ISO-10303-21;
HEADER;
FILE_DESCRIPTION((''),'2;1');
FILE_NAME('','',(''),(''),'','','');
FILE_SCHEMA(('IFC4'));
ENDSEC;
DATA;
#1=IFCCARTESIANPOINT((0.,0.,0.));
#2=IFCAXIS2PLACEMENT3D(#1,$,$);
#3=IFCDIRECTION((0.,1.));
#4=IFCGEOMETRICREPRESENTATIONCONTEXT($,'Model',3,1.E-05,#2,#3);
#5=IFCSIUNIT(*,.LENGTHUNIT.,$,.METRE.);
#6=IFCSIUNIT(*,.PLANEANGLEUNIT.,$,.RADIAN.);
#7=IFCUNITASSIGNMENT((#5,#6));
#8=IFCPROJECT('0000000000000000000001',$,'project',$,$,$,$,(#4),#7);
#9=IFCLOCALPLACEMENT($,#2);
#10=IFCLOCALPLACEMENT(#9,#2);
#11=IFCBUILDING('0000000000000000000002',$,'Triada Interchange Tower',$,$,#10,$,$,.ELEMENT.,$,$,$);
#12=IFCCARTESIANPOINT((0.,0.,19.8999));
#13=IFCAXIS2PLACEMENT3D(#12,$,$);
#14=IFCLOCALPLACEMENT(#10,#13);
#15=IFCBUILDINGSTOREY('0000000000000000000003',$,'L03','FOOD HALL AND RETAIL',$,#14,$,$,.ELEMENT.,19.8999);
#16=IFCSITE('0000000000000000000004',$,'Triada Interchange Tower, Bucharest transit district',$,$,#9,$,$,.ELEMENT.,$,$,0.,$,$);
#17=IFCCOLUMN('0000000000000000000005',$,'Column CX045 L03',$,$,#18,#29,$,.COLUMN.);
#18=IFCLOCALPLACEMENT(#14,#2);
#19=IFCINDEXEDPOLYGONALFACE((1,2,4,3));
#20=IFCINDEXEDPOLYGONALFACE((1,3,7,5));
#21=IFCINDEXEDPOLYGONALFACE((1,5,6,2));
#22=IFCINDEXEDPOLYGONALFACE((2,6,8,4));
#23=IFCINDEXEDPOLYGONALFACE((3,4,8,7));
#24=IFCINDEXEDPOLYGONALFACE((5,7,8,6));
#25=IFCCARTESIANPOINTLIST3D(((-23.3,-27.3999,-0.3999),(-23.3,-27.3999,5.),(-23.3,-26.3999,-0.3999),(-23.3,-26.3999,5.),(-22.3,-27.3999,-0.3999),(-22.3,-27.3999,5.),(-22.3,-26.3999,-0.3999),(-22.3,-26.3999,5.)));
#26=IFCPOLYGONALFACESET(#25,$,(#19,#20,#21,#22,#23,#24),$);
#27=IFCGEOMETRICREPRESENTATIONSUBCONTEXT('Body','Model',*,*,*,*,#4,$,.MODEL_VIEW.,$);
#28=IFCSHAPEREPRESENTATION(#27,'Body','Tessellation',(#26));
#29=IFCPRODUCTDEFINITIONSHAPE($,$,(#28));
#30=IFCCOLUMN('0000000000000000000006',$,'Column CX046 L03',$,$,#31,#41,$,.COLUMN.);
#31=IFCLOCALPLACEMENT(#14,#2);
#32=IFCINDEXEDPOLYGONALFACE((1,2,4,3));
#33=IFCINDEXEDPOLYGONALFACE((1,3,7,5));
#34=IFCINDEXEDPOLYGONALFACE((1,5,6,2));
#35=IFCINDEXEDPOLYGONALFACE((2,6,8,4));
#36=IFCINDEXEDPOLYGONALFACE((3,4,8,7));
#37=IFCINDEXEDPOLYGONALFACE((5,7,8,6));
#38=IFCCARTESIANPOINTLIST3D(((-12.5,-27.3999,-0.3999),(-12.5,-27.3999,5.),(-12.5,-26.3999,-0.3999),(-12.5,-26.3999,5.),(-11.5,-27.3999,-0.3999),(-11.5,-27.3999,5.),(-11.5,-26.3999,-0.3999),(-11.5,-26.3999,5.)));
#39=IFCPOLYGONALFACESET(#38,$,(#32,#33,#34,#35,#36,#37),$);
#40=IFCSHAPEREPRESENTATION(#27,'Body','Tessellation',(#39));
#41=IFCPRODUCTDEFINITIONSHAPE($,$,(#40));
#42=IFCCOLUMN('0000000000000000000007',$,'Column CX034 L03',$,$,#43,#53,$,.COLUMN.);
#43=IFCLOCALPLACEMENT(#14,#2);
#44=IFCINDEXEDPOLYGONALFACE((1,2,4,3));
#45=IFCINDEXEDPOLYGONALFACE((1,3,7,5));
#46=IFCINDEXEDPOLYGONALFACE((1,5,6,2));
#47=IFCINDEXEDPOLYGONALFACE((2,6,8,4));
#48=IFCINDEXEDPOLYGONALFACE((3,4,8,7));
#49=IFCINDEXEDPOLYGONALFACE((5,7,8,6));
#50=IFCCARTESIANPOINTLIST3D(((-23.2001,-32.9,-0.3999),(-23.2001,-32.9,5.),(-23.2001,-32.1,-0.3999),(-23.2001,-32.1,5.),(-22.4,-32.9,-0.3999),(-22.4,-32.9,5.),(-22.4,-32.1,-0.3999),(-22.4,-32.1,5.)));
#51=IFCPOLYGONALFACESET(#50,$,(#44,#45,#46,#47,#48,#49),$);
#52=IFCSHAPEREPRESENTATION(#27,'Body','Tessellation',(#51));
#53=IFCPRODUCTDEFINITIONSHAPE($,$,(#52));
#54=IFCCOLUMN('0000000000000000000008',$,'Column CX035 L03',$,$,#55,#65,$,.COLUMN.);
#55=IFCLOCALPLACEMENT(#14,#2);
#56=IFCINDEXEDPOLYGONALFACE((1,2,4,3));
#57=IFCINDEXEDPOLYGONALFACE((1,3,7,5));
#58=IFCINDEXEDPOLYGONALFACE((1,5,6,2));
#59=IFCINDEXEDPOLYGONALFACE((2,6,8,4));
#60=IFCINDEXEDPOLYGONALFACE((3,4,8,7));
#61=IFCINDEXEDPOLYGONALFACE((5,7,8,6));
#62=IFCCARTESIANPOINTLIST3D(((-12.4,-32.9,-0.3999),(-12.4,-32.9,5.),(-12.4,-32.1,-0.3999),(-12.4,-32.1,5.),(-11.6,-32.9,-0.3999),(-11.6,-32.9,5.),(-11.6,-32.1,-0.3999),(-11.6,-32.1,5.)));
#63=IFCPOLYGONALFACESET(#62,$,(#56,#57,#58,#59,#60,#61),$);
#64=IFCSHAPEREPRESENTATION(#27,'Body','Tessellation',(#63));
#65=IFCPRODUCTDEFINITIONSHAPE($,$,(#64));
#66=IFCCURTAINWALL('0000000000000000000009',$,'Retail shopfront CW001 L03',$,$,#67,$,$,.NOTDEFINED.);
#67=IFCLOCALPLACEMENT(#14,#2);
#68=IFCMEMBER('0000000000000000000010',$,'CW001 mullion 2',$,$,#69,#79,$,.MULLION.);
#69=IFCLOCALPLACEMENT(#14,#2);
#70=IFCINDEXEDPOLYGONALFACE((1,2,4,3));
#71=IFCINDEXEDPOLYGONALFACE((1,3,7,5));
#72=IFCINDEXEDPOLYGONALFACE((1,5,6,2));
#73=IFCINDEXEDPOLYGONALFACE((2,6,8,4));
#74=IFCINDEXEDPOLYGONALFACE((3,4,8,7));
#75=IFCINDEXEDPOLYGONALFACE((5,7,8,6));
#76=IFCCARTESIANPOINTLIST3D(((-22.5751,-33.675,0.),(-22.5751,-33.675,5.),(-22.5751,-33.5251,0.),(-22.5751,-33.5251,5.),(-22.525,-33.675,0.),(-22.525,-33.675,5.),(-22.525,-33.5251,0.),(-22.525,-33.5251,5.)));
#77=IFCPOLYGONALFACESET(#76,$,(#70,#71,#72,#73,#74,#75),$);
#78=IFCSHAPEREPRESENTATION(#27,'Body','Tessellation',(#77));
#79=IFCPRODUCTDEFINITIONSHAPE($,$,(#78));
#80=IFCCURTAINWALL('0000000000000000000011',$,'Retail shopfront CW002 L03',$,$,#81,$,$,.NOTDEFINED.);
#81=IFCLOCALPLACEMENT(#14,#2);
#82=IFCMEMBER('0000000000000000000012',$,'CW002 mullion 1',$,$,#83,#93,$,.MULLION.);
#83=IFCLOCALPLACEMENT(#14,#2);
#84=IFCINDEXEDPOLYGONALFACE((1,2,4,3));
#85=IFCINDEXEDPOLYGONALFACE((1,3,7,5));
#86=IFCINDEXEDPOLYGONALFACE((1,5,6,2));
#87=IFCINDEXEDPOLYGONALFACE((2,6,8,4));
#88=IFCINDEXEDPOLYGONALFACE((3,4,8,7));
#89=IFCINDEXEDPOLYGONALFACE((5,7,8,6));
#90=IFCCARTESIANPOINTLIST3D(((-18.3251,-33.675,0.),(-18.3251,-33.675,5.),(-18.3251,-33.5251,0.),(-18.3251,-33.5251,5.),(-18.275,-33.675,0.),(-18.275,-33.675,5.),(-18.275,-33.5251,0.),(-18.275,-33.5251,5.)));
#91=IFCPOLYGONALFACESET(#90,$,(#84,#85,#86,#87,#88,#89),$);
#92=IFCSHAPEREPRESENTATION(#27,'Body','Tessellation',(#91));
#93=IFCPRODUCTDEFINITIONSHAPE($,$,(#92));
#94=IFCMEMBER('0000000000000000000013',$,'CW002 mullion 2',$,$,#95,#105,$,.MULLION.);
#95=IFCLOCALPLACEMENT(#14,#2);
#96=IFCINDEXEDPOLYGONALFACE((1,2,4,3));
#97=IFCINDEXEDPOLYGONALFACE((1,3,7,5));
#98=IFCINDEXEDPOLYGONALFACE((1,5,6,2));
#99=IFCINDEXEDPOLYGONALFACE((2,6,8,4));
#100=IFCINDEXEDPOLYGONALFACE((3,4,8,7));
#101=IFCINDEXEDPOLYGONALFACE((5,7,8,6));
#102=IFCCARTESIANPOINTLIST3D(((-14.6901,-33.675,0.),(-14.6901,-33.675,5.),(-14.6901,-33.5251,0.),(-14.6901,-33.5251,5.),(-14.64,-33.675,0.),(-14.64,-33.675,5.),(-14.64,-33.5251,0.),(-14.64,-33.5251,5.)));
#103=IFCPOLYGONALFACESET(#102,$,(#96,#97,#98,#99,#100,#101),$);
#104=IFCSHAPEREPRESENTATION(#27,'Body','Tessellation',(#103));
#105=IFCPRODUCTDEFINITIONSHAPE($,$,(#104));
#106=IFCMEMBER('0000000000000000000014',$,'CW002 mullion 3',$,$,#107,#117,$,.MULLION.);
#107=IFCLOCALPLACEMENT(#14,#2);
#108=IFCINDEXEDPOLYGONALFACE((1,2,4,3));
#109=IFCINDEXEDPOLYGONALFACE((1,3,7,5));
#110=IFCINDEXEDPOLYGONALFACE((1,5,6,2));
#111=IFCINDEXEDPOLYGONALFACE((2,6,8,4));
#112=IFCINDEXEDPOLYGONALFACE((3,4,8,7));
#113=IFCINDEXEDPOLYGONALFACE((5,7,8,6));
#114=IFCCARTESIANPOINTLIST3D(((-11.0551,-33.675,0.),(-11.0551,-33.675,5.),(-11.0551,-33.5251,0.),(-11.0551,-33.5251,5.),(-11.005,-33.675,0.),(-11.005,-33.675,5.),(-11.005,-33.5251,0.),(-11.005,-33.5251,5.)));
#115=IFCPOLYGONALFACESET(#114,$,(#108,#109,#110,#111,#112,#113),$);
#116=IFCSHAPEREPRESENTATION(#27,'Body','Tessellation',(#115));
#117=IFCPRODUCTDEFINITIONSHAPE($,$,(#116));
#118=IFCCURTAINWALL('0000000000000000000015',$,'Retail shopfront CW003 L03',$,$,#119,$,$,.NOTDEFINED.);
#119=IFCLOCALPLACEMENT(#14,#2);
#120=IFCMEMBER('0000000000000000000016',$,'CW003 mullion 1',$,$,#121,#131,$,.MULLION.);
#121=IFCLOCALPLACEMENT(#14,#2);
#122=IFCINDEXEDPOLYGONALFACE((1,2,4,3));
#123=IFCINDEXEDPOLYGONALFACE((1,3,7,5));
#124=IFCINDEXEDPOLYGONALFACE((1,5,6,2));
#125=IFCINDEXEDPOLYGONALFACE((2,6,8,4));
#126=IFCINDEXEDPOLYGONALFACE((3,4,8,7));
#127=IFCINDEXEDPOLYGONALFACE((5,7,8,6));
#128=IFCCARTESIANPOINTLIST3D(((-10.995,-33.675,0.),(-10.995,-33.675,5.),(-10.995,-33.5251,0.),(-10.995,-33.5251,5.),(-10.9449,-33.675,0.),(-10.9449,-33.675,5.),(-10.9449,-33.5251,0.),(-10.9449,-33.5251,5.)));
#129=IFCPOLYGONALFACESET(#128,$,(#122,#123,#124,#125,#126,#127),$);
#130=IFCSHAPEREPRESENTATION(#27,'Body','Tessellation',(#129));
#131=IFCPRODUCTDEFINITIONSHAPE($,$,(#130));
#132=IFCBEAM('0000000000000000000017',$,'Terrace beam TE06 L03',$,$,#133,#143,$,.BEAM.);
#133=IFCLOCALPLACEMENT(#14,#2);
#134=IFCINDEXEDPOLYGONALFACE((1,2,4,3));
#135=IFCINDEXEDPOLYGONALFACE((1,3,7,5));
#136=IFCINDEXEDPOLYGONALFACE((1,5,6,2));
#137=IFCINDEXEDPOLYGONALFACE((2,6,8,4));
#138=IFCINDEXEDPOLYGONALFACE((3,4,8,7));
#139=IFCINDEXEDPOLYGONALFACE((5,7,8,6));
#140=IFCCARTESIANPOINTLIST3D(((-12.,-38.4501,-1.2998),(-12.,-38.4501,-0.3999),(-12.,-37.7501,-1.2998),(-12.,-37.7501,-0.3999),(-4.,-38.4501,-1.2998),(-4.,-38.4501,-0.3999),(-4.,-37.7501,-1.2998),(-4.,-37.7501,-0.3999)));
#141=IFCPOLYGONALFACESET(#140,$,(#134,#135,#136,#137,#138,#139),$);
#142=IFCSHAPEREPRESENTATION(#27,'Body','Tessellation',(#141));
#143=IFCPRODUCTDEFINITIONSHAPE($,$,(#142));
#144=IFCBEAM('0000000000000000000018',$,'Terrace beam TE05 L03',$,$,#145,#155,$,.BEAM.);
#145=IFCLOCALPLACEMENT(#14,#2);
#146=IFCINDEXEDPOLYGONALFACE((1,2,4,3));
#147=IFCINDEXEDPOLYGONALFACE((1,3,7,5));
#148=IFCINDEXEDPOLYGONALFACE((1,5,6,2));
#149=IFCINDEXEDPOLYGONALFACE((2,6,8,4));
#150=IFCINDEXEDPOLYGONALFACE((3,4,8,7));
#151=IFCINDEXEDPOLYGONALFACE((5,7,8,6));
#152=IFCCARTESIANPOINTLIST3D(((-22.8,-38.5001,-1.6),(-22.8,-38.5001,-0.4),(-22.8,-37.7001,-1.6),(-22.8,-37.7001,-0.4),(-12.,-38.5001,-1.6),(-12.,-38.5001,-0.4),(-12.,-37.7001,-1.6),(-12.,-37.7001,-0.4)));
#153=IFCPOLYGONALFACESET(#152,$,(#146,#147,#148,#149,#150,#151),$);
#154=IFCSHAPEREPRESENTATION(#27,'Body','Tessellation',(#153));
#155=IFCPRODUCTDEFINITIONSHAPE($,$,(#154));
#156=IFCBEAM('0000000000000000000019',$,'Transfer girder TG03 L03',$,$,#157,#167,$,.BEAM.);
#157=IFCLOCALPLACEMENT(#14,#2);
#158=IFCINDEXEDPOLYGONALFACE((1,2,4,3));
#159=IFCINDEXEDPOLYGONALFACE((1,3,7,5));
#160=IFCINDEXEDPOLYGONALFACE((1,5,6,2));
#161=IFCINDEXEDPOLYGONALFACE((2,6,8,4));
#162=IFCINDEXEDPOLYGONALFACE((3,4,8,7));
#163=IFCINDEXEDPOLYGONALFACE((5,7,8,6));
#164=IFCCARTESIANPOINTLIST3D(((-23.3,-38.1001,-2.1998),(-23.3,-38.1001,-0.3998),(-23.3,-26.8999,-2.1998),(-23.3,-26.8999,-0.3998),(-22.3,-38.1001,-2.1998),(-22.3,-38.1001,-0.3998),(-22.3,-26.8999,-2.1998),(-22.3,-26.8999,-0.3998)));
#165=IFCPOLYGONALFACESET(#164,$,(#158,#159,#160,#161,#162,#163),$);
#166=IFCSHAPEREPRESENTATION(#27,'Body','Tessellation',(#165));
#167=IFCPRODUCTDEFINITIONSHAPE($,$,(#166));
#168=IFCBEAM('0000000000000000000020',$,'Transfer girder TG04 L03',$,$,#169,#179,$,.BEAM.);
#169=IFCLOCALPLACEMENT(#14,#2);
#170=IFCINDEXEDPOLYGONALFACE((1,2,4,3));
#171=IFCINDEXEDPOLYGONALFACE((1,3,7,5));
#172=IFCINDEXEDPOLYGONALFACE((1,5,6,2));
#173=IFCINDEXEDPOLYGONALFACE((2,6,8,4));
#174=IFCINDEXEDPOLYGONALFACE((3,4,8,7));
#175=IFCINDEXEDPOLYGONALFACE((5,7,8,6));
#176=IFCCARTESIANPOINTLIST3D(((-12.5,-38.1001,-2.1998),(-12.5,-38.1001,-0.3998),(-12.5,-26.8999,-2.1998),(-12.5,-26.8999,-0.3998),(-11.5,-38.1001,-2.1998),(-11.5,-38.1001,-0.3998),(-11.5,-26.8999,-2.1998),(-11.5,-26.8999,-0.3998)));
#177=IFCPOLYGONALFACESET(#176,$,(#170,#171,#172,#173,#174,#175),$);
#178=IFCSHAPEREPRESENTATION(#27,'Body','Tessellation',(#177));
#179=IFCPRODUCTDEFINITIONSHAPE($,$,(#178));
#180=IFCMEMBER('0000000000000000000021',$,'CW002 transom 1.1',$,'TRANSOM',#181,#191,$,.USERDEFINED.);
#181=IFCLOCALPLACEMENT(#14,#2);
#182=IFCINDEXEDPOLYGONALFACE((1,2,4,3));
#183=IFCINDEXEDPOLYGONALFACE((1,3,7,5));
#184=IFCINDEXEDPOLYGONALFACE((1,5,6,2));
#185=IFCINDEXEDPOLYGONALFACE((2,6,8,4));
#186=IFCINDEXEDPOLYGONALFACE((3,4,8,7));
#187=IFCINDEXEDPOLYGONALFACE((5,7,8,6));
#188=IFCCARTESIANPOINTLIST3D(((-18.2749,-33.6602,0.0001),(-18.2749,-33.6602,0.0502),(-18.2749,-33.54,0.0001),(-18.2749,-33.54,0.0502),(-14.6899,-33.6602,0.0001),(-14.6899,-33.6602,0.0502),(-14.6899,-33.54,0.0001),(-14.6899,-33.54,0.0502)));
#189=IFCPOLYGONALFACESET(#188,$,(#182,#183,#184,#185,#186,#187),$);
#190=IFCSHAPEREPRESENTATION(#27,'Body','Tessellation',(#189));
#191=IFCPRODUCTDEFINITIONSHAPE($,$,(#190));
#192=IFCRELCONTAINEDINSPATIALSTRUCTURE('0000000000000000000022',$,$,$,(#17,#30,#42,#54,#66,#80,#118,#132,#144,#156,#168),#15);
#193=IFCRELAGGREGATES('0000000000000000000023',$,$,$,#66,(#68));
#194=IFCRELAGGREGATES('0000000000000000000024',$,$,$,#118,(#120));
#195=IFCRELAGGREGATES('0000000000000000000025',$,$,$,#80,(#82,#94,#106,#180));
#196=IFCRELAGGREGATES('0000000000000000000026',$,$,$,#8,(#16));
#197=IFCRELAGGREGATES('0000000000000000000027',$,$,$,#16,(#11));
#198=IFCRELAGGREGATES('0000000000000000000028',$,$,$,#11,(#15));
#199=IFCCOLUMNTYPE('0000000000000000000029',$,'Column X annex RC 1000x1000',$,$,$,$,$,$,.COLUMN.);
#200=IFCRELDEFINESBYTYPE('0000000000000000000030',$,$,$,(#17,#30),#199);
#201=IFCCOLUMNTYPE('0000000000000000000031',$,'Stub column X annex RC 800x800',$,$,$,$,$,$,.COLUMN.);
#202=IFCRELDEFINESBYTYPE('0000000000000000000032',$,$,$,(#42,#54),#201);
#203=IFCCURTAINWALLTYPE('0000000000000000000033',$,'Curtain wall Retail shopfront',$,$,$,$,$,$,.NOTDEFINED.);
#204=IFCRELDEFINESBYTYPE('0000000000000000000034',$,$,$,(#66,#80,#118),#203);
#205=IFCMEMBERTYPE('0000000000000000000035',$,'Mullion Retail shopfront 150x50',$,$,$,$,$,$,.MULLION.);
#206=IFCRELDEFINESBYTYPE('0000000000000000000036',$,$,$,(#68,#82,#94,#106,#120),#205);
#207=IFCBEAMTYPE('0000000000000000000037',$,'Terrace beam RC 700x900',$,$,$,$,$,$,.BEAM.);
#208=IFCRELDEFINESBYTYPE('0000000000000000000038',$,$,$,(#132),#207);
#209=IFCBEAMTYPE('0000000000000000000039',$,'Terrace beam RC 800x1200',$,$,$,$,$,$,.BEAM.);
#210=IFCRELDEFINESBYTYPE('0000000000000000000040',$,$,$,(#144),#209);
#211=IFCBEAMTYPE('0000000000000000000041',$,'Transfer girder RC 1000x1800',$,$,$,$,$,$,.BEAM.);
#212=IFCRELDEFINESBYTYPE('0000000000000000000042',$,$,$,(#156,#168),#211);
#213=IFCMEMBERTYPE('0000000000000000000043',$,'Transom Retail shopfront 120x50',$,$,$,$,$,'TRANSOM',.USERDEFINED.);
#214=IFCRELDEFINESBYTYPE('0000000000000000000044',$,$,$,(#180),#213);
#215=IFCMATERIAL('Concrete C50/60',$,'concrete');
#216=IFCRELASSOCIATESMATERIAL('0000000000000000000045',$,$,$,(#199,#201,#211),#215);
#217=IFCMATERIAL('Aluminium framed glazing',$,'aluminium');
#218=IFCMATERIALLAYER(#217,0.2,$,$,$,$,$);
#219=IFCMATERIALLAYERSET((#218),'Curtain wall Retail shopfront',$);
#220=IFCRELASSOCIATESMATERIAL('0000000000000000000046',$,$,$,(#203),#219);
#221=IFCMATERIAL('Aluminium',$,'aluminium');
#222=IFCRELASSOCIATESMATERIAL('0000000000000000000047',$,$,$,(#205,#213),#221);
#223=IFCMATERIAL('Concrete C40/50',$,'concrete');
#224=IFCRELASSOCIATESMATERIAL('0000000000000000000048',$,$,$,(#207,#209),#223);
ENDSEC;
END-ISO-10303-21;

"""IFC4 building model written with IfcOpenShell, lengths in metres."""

from ifc_helpers import new_model, si_unit, direction, frame, origin, origin_2d, place, context, subcontext, project, spatial, rectangle, extrude, material, layer, layer_set, material_profile, profile_set, type_object, element, aggregate, save


model = new_model("IFC4")

# Units and contexts
model_context = context("Model", 3, precision=1e-05, world=origin(), true_north=direction((0.0, 1.0)))
body_context = subcontext(model_context, "Body", "Model", "MODEL_VIEW")
ifc_project = project(units=[si_unit("LENGTHUNIT", "METRE"), si_unit("PLANEANGLEUNIT", "RADIAN")], contexts=[model_context])

# Site, building, storey
site_placement = place(None, origin())
site = spatial("IfcSite", under=ifc_project, at=site_placement, Name="Triada Interchange Tower, Bucharest transit district", CompositionType="ELEMENT", RefElevation=0.0)
building_placement = place(site_placement, origin())
building = spatial("IfcBuilding", under=site, at=building_placement, Name="Triada Interchange Tower", CompositionType="ELEMENT")
storey_placement = place(building_placement, frame((0.0, 0.0, 19.8999)))
storey = spatial("IfcBuildingStorey", under=building, at=storey_placement, Name="L03", Description="FOOD HALL AND RETAIL", CompositionType="ELEMENT", Elevation=19.8999)

# Columns
ifc_material_1 = material(Name="Concrete C50/60", Category="concrete")
ifc_material_profile_1 = material_profile(ifc_material_1, rectangle(XDim=1.0, YDim=1.0, at=origin_2d()), Name="RC 1000x1000")
ifc_profile_set_1 = profile_set([ifc_material_profile_1], Name="Concrete C50/60")
column_type_1 = type_object("IfcColumnType", Name="Column X annex RC 1000x1000", PredefinedType="COLUMN", material=ifc_profile_set_1)
for number, where, z_axis, x_axis, name in (
    (1, (-22.8, -26.8999, -0.3999), (0.0, 0.0, 1.0), (1.0, 0.0, 0.0), "Column CX045 L03"),
    (2, (-12.0, -26.8999, -0.3999), (0.0, 0.0, 1.0), (1.0, 0.0, 0.0), "Column CX046 L03"),
):
    element("IfcColumn", number, at=place(storey_placement, frame(where, z_axis=z_axis, x_axis=x_axis)), inside=storey, type_object=column_type_1, Name=name, PredefinedType="COLUMN", context=body_context, shape_type="SweptSolid", body=[
        extrude(rectangle(XDim=1.0, YDim=1.0, at=origin_2d()), origin(), (0.0, 0.0, 1.0), 5.3999),
    ])
ifc_material_profile_2 = material_profile(ifc_material_1, rectangle(XDim=0.8, YDim=0.8, at=origin_2d()), Name="RC 800x800")
ifc_profile_set_2 = profile_set([ifc_material_profile_2], Name="Concrete C50/60")
column_type_2 = type_object("IfcColumnType", Name="Stub column X annex RC 800x800", PredefinedType="COLUMN", material=ifc_profile_set_2)
for number, where, z_axis, x_axis, name in (
    (3, (-22.8, -32.5, -0.3999), (0.0, 0.0, 1.0), (1.0, 0.0, 0.0), "Column CX034 L03"),
    (4, (-12.0, -32.5, -0.3999), (0.0, 0.0, 1.0), (1.0, 0.0, 0.0), "Column CX035 L03"),
):
    element("IfcColumn", number, at=place(storey_placement, frame(where, z_axis=z_axis, x_axis=x_axis)), inside=storey, type_object=column_type_2, Name=name, PredefinedType="COLUMN", context=body_context, shape_type="SweptSolid", body=[
        extrude(rectangle(XDim=0.8, YDim=0.8, at=origin_2d()), origin(), (0.0, 0.0, 1.0), 5.3999),
    ])

# Curtain wall, member
ifc_material_2 = material(Name="Aluminium framed glazing", Category="aluminium")
ifc_layer_1 = layer(ifc_material_2, 0.2)
ifc_layer_set_1 = layer_set([ifc_layer_1], Name="Curtain wall Retail shopfront")
curtain_wall_type = type_object("IfcCurtainWallType", Name="Curtain wall Retail shopfront", PredefinedType="NOTDEFINED", material=ifc_layer_set_1)
curtain_wall_1_placement = place(storey_placement, origin())
curtain_wall_1 = element("IfcCurtainWall", 5, at=curtain_wall_1_placement, inside=storey, type_object=curtain_wall_type, Name="Retail shopfront CW001 L03", PredefinedType="NOTDEFINED")
ifc_material_3 = material(Name="Aluminium", Category="aluminium")
ifc_material_profile_3 = material_profile(ifc_material_3, rectangle(XDim=0.1499, YDim=0.05, at=origin_2d()), Name="Aluminium mullion")
ifc_profile_set_3 = profile_set([ifc_material_profile_3], Name="Aluminium")
member_type_1 = type_object("IfcMemberType", Name="Mullion Retail shopfront 150x50", PredefinedType="MULLION", material=ifc_profile_set_3)
member_1_placement = place(storey_placement, frame((-22.55, -33.6001, 0.0), z_axis=(0.0, 0.0, 1.0), x_axis=(0.0, 1.0, 0.0)))
member_1 = element("IfcMember", 6, at=member_1_placement, type_object=member_type_1, Name="CW001 mullion 2", PredefinedType="MULLION", context=body_context, shape_type="SweptSolid", body=[
    extrude(rectangle(XDim=0.1499, YDim=0.05, at=origin_2d()), origin(), (0.0, 0.0, 1.0), 5.0),
])
aggregate(curtain_wall_1, [member_1])

# Curtain wall, members
curtain_wall_2_placement = place(storey_placement, origin())
curtain_wall_2 = element("IfcCurtainWall", 7, at=curtain_wall_2_placement, inside=storey, type_object=curtain_wall_type, Name="Retail shopfront CW002 L03", PredefinedType="NOTDEFINED")
member_2_placement = place(storey_placement, frame((-18.3, -33.6001, 0.0), z_axis=(0.0, 0.0, 1.0), x_axis=(0.0, 1.0, 0.0)))
member_2 = element("IfcMember", 8, at=member_2_placement, type_object=member_type_1, Name="CW002 mullion 1", PredefinedType="MULLION", context=body_context, shape_type="SweptSolid", body=[
    extrude(rectangle(XDim=0.1499, YDim=0.05, at=origin_2d()), origin(), (0.0, 0.0, 1.0), 5.0),
])
member_3_placement = place(storey_placement, frame((-14.665, -33.6001, 0.0), z_axis=(0.0, 0.0, 1.0), x_axis=(0.0, 1.0, 0.0)))
member_3 = element("IfcMember", 9, at=member_3_placement, type_object=member_type_1, Name="CW002 mullion 2", PredefinedType="MULLION", context=body_context, shape_type="SweptSolid", body=[
    extrude(rectangle(XDim=0.1499, YDim=0.05, at=origin_2d()), origin(), (0.0, 0.0, 1.0), 5.0),
])
member_4_placement = place(storey_placement, frame((-11.03, -33.6001, 0.0), z_axis=(0.0, 0.0, 1.0), x_axis=(0.0, 1.0, 0.0)))
member_4 = element("IfcMember", 10, at=member_4_placement, type_object=member_type_1, Name="CW002 mullion 3", PredefinedType="MULLION", context=body_context, shape_type="SweptSolid", body=[
    extrude(rectangle(XDim=0.1499, YDim=0.05, at=origin_2d()), origin(), (0.0, 0.0, 1.0), 5.0),
])

# Curtain wall, member
curtain_wall_3_placement = place(storey_placement, origin())
curtain_wall_3 = element("IfcCurtainWall", 11, at=curtain_wall_3_placement, inside=storey, type_object=curtain_wall_type, Name="Retail shopfront CW003 L03", PredefinedType="NOTDEFINED")
member_5_placement = place(storey_placement, frame((-10.97, -33.6001, 0.0), z_axis=(0.0, 0.0, 1.0), x_axis=(0.0, 1.0, 0.0)))
member_5 = element("IfcMember", 12, at=member_5_placement, type_object=member_type_1, Name="CW003 mullion 1", PredefinedType="MULLION", context=body_context, shape_type="SweptSolid", body=[
    extrude(rectangle(XDim=0.1499, YDim=0.05, at=origin_2d()), origin(), (0.0, 0.0, 1.0), 5.0),
])
aggregate(curtain_wall_3, [member_5])

# Beams
ifc_material_4 = material(Name="Concrete C40/50", Category="concrete")
ifc_material_profile_4 = material_profile(ifc_material_4, rectangle(XDim=0.7, YDim=0.8999, at=origin_2d()), Name="RC 700x900")
ifc_profile_set_4 = profile_set([ifc_material_profile_4], Name="Concrete C40/50")
beam_type_1 = type_object("IfcBeamType", Name="Terrace beam RC 700x900", PredefinedType="BEAM", material=ifc_profile_set_4)
beam_1_placement = place(storey_placement, frame((-12.0, -38.1001, -0.8499), z_axis=(1.0, 0.0, 0.0), x_axis=(0.0, 1.0, 0.0)))
element("IfcBeam", 13, at=beam_1_placement, inside=storey, type_object=beam_type_1, Name="Terrace beam TE06 L03", PredefinedType="BEAM", context=body_context, shape_type="SweptSolid", body=[
    extrude(rectangle(XDim=0.7, YDim=0.8999, at=origin_2d()), origin(), (0.0, 0.0, 1.0), 8.0),
])
ifc_material_profile_5 = material_profile(ifc_material_4, rectangle(XDim=0.8, YDim=1.2, at=origin_2d()), Name="RC 800x1200")
ifc_profile_set_5 = profile_set([ifc_material_profile_5], Name="Concrete C40/50")
beam_type_2 = type_object("IfcBeamType", Name="Terrace beam RC 800x1200", PredefinedType="BEAM", material=ifc_profile_set_5)
beam_2_placement = place(storey_placement, frame((-22.8, -38.1001, -1.0), z_axis=(1.0, 0.0, 0.0), x_axis=(0.0, 1.0, 0.0)))
element("IfcBeam", 14, at=beam_2_placement, inside=storey, type_object=beam_type_2, Name="Terrace beam TE05 L03", PredefinedType="BEAM", context=body_context, shape_type="SweptSolid", body=[
    extrude(rectangle(XDim=0.8, YDim=1.2, at=origin_2d()), origin(), (0.0, 0.0, 1.0), 10.8),
])
ifc_material_profile_6 = material_profile(ifc_material_1, rectangle(XDim=1.0, YDim=1.8, at=origin_2d()), Name="RC 1000x1800")
ifc_profile_set_6 = profile_set([ifc_material_profile_6], Name="Concrete C50/60")
beam_type_3 = type_object("IfcBeamType", Name="Transfer girder RC 1000x1800", PredefinedType="BEAM", material=ifc_profile_set_6)
for number, where, z_axis, x_axis, name in (
    (15, (-22.8, -38.1001, -1.2998), (0.0, 1.0, 0.0), (-1.0, 0.0, 0.0), "Transfer girder TG03 L03"),
    (16, (-12.0, -38.1001, -1.2998), (0.0, 1.0, 0.0), (-1.0, 0.0, 0.0), "Transfer girder TG04 L03"),
):
    element("IfcBeam", number, at=place(storey_placement, frame(where, z_axis=z_axis, x_axis=x_axis)), inside=storey, type_object=beam_type_3, Name=name, PredefinedType="BEAM", context=body_context, shape_type="SweptSolid", body=[
        extrude(rectangle(XDim=1.0, YDim=1.8, at=origin_2d()), origin(), (0.0, 0.0, 1.0), 11.2002),
    ])

# Member
ifc_material_profile_7 = material_profile(ifc_material_3, rectangle(XDim=0.1201, YDim=0.05, at=origin_2d()), Name="Aluminium transom")
ifc_profile_set_7 = profile_set([ifc_material_profile_7], Name="Aluminium")
member_type_2 = type_object("IfcMemberType", Name="Transom Retail shopfront 120x50", ElementType="TRANSOM", PredefinedType="USERDEFINED", material=ifc_profile_set_7)
member_6_placement = place(storey_placement, frame((-18.2749, -33.6001, 0.0251), z_axis=(1.0, 0.0, 0.0), x_axis=(0.0, 1.0, 0.0)))
member_6 = element("IfcMember", 17, at=member_6_placement, type_object=member_type_2, Name="CW002 transom 1.1", ObjectType="TRANSOM", PredefinedType="USERDEFINED", context=body_context, shape_type="SweptSolid", body=[
    extrude(rectangle(XDim=0.1201, YDim=0.05, at=origin_2d()), origin(), (0.0, 0.0, 1.0), 3.585),
])

aggregate(curtain_wall_2, [member_2, member_3, member_4, member_6])

save(model, "model.ifc")
